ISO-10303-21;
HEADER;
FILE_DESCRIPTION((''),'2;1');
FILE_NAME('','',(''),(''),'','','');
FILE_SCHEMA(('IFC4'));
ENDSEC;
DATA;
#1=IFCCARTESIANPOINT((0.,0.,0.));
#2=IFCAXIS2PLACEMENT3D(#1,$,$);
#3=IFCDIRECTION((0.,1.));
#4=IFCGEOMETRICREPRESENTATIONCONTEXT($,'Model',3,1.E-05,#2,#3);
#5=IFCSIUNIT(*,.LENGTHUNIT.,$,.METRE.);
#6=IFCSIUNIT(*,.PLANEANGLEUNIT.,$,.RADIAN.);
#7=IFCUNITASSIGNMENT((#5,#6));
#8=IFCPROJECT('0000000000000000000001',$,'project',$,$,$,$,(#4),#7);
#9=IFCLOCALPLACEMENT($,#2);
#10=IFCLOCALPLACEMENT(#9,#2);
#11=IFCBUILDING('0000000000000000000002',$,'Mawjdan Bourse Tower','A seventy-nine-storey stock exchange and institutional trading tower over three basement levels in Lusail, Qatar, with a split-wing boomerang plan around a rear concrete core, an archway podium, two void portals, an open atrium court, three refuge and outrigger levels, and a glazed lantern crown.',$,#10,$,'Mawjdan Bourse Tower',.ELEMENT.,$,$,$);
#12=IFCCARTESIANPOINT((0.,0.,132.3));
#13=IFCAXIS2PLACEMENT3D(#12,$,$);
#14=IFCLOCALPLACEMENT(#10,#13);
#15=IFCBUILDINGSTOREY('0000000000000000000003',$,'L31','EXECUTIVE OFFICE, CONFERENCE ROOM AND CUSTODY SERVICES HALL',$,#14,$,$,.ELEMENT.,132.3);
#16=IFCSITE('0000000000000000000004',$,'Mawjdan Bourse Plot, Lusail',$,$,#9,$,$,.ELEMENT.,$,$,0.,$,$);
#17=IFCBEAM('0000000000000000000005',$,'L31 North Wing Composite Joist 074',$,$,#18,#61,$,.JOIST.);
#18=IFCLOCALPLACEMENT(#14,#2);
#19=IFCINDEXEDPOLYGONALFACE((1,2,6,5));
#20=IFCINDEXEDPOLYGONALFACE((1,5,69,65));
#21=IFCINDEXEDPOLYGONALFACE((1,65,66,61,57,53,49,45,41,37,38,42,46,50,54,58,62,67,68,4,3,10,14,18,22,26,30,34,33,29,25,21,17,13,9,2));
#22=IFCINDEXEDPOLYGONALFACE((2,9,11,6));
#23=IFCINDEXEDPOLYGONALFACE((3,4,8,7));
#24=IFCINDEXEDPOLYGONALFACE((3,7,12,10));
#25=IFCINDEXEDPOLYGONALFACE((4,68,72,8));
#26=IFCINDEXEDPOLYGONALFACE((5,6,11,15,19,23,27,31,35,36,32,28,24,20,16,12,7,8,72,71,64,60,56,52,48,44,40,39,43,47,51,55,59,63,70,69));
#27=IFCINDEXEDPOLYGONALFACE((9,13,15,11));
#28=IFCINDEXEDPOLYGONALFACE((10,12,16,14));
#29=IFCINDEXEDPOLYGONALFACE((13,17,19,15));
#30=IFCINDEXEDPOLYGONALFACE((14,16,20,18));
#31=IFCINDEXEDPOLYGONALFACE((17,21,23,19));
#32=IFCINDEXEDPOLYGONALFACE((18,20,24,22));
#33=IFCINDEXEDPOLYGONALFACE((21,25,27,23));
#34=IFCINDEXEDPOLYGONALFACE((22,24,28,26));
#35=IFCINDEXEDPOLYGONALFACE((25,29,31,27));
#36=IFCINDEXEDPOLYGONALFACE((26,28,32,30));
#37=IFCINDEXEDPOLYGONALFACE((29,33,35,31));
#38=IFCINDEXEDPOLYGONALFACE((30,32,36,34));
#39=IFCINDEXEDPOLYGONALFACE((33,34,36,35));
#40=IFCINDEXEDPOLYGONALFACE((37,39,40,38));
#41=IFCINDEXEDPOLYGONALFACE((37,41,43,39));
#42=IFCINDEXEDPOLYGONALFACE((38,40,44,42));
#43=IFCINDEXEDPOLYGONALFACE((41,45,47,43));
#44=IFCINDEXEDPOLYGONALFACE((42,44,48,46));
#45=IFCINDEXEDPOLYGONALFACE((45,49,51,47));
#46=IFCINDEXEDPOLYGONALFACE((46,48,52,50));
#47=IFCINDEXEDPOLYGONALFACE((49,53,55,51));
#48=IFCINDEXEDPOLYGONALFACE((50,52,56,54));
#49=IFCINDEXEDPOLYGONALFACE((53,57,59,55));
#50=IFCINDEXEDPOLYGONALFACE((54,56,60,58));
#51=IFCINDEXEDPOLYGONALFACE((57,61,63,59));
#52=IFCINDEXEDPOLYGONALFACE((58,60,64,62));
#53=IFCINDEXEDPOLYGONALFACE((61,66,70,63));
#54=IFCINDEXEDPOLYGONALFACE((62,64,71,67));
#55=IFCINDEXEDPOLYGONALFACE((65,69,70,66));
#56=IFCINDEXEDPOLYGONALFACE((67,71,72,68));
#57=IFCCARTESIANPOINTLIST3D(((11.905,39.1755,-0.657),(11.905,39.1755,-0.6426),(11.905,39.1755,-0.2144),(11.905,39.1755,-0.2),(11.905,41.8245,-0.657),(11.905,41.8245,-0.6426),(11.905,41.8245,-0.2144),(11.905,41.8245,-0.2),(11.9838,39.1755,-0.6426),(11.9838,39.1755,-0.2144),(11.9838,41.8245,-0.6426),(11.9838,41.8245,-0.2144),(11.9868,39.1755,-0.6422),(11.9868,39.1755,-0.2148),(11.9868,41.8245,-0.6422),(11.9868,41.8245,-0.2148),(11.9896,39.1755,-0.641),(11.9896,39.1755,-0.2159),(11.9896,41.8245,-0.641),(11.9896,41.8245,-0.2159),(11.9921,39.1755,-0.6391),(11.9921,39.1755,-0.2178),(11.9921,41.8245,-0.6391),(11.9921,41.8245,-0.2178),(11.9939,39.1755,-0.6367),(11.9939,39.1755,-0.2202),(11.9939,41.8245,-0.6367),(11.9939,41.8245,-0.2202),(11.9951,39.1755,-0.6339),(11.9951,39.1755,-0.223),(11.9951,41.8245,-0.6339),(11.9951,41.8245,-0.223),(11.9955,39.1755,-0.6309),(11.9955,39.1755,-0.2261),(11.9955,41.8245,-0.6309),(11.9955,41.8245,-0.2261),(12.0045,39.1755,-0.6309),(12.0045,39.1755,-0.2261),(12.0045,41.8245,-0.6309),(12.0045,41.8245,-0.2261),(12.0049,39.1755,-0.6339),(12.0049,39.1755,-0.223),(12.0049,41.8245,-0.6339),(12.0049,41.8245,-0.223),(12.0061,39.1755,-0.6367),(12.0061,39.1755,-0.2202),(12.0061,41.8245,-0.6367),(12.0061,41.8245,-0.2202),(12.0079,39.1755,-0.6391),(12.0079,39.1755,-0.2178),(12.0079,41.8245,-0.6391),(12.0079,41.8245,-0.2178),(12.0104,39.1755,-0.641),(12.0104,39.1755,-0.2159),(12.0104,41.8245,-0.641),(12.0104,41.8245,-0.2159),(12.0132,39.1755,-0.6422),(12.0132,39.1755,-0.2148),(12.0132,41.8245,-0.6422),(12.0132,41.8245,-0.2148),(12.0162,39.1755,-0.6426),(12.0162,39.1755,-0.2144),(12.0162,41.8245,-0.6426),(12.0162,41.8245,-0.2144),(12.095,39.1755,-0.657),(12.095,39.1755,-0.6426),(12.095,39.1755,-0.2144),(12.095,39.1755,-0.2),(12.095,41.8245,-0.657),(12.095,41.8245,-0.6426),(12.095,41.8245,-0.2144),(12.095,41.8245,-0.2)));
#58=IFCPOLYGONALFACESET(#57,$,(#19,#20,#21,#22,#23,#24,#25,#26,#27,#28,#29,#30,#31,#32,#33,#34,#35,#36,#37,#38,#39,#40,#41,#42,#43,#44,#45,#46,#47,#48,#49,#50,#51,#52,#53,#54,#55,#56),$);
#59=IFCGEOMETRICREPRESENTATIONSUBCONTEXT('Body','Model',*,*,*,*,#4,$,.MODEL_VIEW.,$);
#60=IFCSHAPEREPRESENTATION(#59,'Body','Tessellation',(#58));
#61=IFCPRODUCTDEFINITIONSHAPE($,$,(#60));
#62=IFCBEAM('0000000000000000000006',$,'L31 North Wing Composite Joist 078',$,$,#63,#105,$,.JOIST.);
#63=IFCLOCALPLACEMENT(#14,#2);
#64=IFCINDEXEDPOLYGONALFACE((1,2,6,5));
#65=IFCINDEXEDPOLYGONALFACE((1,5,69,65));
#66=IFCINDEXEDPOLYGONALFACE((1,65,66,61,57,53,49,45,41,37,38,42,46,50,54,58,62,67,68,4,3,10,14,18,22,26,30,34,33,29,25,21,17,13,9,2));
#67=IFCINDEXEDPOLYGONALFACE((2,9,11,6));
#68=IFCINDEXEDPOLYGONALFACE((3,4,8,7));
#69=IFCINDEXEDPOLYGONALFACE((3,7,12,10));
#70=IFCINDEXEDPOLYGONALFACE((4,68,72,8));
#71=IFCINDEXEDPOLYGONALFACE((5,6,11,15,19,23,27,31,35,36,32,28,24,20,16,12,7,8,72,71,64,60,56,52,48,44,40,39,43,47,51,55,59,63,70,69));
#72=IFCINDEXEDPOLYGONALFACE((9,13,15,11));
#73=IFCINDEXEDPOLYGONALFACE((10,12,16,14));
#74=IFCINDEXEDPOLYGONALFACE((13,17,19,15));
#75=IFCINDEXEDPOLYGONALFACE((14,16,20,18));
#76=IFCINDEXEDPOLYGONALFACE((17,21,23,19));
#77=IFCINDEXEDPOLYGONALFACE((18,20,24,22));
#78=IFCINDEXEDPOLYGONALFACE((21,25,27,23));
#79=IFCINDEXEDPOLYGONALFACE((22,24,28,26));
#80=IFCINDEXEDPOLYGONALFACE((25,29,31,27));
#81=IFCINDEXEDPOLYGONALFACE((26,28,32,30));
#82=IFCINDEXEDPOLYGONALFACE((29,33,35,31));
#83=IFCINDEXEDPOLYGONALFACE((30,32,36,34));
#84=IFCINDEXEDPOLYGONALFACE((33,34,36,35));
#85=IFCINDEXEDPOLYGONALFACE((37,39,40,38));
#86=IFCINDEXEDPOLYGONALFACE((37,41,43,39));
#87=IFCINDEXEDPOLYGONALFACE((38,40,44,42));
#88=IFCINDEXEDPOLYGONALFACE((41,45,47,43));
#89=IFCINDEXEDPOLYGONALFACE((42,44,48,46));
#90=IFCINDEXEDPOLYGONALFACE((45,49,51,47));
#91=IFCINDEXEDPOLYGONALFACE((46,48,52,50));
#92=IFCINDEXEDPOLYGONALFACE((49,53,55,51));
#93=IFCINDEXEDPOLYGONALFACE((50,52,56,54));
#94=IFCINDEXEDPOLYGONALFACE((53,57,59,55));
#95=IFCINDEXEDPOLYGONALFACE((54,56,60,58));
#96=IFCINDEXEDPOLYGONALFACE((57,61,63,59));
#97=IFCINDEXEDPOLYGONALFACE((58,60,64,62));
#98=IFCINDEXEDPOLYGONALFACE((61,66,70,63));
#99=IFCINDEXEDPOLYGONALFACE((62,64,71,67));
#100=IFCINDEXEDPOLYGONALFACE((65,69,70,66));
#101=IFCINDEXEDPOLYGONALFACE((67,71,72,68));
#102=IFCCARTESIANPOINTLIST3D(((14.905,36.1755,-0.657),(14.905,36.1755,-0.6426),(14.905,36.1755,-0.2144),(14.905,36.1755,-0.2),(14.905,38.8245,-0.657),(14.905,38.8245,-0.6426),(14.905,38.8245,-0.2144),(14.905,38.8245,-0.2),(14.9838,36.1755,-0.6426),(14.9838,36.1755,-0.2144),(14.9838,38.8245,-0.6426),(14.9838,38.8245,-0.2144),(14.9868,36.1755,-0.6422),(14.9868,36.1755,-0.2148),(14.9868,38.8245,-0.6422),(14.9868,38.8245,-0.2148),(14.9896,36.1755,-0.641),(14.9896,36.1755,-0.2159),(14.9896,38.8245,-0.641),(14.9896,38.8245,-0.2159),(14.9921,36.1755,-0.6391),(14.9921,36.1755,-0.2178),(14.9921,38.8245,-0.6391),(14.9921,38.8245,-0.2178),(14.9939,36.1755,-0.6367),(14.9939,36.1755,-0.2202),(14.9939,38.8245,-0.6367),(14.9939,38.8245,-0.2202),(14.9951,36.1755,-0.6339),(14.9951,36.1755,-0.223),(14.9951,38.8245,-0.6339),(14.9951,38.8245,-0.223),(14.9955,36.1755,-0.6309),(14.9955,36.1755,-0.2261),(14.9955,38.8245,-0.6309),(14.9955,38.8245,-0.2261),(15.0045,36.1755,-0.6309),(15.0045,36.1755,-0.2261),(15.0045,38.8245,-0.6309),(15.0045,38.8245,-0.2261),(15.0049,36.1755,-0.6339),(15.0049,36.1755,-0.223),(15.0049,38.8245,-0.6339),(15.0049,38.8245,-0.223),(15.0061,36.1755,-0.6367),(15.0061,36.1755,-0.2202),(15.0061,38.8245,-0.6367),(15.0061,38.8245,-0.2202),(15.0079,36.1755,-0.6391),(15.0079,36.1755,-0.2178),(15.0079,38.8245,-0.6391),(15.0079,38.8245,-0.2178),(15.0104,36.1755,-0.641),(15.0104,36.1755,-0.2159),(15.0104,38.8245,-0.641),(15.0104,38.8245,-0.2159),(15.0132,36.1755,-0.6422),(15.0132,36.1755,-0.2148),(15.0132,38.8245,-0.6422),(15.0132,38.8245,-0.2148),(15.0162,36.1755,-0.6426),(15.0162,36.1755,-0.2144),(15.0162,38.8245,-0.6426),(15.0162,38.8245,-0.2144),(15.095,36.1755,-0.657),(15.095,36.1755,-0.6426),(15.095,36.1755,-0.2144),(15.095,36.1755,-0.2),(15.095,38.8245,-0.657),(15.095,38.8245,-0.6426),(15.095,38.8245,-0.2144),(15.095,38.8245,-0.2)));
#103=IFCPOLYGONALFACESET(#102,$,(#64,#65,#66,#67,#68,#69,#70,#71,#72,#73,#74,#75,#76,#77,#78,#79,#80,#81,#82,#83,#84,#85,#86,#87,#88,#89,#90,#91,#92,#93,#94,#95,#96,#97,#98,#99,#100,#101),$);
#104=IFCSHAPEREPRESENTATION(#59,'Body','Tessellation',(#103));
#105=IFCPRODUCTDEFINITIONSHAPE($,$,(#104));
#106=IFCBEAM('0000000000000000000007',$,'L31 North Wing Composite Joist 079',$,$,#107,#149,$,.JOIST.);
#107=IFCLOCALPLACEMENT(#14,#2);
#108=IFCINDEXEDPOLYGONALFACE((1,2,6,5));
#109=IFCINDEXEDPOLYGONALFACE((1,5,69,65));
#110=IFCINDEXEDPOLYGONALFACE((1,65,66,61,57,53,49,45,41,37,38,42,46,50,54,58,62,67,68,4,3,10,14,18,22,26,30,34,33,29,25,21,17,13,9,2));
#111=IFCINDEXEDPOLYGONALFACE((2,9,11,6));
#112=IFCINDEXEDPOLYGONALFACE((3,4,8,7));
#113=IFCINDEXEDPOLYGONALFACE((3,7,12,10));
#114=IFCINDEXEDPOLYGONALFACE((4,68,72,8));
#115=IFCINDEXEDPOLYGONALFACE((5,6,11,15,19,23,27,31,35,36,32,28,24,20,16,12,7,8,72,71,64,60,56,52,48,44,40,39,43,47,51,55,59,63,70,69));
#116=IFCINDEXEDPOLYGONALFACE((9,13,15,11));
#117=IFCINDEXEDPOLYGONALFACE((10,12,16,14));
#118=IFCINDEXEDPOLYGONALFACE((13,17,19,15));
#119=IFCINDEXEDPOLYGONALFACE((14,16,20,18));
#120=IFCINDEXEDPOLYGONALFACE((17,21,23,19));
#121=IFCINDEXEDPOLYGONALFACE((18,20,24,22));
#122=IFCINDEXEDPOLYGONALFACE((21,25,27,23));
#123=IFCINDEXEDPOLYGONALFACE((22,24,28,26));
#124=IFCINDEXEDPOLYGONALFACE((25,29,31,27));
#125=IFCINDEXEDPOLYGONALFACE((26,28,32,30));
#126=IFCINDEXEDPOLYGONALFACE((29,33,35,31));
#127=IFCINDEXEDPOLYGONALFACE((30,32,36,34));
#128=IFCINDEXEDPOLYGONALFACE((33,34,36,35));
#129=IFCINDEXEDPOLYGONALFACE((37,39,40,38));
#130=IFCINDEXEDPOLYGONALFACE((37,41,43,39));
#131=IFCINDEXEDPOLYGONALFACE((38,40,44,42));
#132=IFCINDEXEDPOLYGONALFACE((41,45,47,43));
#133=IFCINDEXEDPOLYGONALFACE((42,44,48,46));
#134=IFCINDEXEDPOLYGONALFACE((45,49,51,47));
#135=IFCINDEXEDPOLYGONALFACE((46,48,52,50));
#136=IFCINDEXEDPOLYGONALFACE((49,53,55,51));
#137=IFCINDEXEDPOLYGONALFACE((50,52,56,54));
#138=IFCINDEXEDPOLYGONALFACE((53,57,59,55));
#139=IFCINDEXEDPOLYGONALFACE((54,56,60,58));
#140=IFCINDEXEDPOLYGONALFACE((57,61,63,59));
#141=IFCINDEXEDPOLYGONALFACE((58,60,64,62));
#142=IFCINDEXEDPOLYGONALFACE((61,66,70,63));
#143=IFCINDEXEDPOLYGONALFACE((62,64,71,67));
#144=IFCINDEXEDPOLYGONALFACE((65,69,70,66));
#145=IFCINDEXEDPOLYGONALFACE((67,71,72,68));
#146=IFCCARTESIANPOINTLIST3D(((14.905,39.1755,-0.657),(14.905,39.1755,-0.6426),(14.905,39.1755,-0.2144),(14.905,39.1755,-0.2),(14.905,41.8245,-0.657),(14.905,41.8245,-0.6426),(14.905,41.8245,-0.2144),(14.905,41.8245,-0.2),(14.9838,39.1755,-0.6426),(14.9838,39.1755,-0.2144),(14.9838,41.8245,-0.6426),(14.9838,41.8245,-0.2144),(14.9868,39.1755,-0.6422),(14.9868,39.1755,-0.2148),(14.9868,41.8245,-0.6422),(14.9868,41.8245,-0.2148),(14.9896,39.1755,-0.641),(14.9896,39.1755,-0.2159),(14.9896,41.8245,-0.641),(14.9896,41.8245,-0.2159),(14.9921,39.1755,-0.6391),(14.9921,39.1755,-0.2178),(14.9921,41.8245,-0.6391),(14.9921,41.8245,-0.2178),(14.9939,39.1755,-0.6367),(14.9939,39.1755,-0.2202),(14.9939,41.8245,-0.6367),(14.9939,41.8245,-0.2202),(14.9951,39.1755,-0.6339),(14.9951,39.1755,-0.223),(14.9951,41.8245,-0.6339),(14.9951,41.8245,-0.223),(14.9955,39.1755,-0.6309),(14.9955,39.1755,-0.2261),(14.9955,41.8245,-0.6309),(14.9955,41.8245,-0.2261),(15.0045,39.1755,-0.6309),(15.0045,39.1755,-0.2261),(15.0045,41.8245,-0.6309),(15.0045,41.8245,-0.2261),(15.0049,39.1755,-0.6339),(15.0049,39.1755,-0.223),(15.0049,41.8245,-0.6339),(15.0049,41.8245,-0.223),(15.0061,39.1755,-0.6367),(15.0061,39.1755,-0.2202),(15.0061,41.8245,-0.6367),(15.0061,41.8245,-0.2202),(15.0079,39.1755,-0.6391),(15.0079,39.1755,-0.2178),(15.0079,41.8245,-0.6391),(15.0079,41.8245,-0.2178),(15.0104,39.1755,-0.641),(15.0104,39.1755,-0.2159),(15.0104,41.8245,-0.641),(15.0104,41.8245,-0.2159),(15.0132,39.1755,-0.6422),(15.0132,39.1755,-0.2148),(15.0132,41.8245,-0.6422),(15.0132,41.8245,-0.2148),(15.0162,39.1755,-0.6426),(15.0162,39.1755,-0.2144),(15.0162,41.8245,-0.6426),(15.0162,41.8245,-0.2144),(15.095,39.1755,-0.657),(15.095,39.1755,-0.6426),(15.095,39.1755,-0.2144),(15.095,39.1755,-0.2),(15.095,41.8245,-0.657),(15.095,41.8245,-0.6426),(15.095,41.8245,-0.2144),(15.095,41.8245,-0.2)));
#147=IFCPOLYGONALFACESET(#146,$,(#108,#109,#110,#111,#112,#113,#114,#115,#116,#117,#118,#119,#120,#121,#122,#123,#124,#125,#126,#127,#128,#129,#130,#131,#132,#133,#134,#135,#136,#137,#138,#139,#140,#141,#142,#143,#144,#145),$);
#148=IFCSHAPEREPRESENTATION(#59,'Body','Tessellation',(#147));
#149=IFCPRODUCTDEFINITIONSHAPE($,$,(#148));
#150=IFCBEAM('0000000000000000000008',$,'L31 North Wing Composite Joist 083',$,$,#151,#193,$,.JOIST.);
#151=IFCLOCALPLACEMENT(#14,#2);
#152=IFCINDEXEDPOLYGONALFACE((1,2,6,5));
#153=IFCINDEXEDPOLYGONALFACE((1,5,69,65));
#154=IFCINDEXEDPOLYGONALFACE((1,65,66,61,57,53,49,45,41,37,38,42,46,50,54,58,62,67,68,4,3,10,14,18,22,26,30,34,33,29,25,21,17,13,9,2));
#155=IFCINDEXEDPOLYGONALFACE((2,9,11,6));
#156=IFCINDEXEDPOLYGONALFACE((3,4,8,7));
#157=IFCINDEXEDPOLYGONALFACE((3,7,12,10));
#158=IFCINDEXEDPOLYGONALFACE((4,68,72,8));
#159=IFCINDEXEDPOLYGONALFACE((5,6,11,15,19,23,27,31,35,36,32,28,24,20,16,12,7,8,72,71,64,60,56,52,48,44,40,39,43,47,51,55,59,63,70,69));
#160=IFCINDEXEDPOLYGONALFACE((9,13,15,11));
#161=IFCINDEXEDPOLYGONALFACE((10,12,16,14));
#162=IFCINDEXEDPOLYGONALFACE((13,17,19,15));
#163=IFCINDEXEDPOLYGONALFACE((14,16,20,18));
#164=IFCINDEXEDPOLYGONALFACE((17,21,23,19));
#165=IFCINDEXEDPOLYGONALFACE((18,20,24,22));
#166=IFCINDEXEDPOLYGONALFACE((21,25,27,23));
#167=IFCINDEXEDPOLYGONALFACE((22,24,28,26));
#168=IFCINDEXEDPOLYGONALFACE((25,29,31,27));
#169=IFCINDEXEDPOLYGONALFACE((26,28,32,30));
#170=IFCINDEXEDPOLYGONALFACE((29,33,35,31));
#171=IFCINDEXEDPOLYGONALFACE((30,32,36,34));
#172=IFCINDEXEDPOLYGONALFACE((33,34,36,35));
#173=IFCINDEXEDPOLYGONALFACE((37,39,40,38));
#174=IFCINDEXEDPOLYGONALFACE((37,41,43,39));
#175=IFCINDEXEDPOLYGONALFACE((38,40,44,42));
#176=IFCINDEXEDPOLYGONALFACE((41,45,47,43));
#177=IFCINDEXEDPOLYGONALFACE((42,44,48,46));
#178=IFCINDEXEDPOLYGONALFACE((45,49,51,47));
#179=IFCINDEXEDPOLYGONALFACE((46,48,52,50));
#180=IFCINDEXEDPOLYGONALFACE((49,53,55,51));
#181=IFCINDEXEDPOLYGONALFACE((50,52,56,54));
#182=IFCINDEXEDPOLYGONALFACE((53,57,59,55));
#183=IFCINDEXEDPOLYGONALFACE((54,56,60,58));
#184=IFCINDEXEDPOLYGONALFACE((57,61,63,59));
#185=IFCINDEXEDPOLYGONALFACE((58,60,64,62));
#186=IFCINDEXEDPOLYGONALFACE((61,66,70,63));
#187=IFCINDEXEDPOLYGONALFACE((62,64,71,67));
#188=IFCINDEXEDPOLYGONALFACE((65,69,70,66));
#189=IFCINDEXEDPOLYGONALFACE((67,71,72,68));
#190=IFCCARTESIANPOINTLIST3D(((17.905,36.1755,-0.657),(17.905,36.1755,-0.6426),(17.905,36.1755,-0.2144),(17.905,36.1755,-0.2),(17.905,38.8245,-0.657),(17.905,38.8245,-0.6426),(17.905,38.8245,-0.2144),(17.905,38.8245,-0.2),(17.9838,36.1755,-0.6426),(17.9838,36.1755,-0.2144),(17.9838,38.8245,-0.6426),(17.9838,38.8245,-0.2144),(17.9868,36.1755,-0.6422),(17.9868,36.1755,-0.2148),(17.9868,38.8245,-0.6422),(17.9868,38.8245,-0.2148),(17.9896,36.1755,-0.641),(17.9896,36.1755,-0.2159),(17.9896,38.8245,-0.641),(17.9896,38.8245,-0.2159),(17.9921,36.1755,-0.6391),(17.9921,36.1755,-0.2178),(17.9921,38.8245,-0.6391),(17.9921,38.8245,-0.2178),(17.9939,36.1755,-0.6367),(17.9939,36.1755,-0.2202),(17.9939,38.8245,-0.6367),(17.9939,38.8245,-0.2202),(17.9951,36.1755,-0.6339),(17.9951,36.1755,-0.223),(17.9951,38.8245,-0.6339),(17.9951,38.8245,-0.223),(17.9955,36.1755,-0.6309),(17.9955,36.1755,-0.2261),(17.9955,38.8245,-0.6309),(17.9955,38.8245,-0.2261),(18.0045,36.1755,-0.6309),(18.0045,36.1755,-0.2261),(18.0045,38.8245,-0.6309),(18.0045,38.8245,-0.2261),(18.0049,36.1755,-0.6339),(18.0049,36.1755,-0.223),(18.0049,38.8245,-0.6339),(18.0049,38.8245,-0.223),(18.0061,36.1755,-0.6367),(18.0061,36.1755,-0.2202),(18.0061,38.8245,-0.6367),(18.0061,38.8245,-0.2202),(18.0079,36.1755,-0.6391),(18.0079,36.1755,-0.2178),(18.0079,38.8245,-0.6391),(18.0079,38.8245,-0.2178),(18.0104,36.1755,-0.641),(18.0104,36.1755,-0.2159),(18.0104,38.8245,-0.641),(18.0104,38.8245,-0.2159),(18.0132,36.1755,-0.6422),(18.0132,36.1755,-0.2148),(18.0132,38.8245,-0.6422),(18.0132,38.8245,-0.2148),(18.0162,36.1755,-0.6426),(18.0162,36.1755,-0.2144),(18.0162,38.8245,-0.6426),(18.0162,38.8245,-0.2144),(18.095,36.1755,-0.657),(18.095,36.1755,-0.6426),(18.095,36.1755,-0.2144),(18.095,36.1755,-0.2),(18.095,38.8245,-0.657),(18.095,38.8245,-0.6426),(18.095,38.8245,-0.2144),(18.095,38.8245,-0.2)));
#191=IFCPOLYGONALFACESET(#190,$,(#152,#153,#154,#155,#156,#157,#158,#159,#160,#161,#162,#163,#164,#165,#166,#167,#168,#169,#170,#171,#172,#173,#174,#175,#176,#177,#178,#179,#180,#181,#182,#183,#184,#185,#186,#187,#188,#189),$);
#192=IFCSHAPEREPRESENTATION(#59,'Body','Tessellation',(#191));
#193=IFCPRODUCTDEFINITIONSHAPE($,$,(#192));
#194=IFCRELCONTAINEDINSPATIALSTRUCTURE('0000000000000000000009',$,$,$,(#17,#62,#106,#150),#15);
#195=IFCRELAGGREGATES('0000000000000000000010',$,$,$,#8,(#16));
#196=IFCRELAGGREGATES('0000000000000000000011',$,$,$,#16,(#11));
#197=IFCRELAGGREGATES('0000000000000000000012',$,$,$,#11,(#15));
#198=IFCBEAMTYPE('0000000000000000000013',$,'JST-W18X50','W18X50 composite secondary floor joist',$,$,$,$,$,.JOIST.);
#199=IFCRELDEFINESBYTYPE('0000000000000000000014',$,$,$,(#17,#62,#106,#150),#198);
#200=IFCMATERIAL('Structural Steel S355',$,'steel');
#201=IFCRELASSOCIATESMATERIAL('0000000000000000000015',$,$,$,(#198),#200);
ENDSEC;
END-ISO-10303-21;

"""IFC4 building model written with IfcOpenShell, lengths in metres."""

from ifc_helpers import new_model, si_unit, direction, frame, origin, origin_2d, place, context, subcontext, project, spatial, i_section, extrude, material, material_profile, profile_set, type_object, element, save


model = new_model("IFC4")

# Units and contexts
model_context = context("Model", 3, precision=1e-05, world=origin(), true_north=direction((0.0, 1.0)))
body_context = subcontext(model_context, "Body", "Model", "MODEL_VIEW")
ifc_project = project(units=[si_unit("LENGTHUNIT", "METRE"), si_unit("PLANEANGLEUNIT", "RADIAN")], contexts=[model_context])

# Site, building, storey
site_placement = place(None, origin())
site = spatial("IfcSite", under=ifc_project, at=site_placement, Name="Mawjdan Bourse Plot, Lusail", CompositionType="ELEMENT", RefElevation=0.0)
building_placement = place(site_placement, origin())
building = spatial("IfcBuilding", under=site, at=building_placement, Name="Mawjdan Bourse Tower", Description="A seventy-nine-storey stock exchange and institutional trading tower over three basement levels in Lusail, Qatar, with a split-wing boomerang plan around a rear concrete core, an archway podium, two void portals, an open atrium court, three refuge and outrigger levels, and a glazed lantern crown.", LongName="Mawjdan Bourse Tower", CompositionType="ELEMENT")
storey_placement = place(building_placement, frame((0.0, 0.0, 132.3)))
storey = spatial("IfcBuildingStorey", under=building, at=storey_placement, Name="L31", Description="EXECUTIVE OFFICE, CONFERENCE ROOM AND CUSTODY SERVICES HALL", CompositionType="ELEMENT", Elevation=132.3)

# Beams
ifc_material_1 = material(Name="Structural Steel S355", Category="steel")
ifc_material_profile_1 = material_profile(ifc_material_1, i_section(OverallWidth=0.1899, OverallDepth=0.457, WebThickness=0.009, FlangeThickness=0.0144, FilletRadius=0.0117, at=origin_2d()), Name="W18X50")
ifc_profile_set_1 = profile_set([ifc_material_profile_1], Name="Structural Steel S355")
beam_type_1 = type_object("IfcBeamType", Name="JST-W18X50", Description="W18X50 composite secondary floor joist", PredefinedType="JOIST", material=ifc_profile_set_1)
for number, where, z_axis, x_axis, name in (
    (1, (12.0, 39.1755, -0.4285), (0.0, 1.0, 0.0), (-1.0, 0.0, 0.0), "L31 North Wing Composite Joist 074"),
    (2, (15.0, 36.1755, -0.4285), (0.0, 1.0, 0.0), (-1.0, 0.0, 0.0), "L31 North Wing Composite Joist 078"),
    (3, (15.0, 39.1755, -0.4285), (0.0, 1.0, 0.0), (-1.0, 0.0, 0.0), "L31 North Wing Composite Joist 079"),
    (4, (18.0, 36.1755, -0.4285), (0.0, 1.0, 0.0), (-1.0, 0.0, 0.0), "L31 North Wing Composite Joist 083"),
):
    element("IfcBeam", number, at=place(storey_placement, frame(where, z_axis=z_axis, x_axis=x_axis)), inside=storey, type_object=beam_type_1, Name=name, PredefinedType="JOIST", context=body_context, shape_type="SweptSolid", body=[
        extrude(i_section(OverallWidth=0.1899, OverallDepth=0.457, WebThickness=0.009, FlangeThickness=0.0144, FilletRadius=0.0117, at=origin_2d()), origin(), (0.0, 0.0, 1.0), 2.6489),
    ])

save(model, "model.ifc")
